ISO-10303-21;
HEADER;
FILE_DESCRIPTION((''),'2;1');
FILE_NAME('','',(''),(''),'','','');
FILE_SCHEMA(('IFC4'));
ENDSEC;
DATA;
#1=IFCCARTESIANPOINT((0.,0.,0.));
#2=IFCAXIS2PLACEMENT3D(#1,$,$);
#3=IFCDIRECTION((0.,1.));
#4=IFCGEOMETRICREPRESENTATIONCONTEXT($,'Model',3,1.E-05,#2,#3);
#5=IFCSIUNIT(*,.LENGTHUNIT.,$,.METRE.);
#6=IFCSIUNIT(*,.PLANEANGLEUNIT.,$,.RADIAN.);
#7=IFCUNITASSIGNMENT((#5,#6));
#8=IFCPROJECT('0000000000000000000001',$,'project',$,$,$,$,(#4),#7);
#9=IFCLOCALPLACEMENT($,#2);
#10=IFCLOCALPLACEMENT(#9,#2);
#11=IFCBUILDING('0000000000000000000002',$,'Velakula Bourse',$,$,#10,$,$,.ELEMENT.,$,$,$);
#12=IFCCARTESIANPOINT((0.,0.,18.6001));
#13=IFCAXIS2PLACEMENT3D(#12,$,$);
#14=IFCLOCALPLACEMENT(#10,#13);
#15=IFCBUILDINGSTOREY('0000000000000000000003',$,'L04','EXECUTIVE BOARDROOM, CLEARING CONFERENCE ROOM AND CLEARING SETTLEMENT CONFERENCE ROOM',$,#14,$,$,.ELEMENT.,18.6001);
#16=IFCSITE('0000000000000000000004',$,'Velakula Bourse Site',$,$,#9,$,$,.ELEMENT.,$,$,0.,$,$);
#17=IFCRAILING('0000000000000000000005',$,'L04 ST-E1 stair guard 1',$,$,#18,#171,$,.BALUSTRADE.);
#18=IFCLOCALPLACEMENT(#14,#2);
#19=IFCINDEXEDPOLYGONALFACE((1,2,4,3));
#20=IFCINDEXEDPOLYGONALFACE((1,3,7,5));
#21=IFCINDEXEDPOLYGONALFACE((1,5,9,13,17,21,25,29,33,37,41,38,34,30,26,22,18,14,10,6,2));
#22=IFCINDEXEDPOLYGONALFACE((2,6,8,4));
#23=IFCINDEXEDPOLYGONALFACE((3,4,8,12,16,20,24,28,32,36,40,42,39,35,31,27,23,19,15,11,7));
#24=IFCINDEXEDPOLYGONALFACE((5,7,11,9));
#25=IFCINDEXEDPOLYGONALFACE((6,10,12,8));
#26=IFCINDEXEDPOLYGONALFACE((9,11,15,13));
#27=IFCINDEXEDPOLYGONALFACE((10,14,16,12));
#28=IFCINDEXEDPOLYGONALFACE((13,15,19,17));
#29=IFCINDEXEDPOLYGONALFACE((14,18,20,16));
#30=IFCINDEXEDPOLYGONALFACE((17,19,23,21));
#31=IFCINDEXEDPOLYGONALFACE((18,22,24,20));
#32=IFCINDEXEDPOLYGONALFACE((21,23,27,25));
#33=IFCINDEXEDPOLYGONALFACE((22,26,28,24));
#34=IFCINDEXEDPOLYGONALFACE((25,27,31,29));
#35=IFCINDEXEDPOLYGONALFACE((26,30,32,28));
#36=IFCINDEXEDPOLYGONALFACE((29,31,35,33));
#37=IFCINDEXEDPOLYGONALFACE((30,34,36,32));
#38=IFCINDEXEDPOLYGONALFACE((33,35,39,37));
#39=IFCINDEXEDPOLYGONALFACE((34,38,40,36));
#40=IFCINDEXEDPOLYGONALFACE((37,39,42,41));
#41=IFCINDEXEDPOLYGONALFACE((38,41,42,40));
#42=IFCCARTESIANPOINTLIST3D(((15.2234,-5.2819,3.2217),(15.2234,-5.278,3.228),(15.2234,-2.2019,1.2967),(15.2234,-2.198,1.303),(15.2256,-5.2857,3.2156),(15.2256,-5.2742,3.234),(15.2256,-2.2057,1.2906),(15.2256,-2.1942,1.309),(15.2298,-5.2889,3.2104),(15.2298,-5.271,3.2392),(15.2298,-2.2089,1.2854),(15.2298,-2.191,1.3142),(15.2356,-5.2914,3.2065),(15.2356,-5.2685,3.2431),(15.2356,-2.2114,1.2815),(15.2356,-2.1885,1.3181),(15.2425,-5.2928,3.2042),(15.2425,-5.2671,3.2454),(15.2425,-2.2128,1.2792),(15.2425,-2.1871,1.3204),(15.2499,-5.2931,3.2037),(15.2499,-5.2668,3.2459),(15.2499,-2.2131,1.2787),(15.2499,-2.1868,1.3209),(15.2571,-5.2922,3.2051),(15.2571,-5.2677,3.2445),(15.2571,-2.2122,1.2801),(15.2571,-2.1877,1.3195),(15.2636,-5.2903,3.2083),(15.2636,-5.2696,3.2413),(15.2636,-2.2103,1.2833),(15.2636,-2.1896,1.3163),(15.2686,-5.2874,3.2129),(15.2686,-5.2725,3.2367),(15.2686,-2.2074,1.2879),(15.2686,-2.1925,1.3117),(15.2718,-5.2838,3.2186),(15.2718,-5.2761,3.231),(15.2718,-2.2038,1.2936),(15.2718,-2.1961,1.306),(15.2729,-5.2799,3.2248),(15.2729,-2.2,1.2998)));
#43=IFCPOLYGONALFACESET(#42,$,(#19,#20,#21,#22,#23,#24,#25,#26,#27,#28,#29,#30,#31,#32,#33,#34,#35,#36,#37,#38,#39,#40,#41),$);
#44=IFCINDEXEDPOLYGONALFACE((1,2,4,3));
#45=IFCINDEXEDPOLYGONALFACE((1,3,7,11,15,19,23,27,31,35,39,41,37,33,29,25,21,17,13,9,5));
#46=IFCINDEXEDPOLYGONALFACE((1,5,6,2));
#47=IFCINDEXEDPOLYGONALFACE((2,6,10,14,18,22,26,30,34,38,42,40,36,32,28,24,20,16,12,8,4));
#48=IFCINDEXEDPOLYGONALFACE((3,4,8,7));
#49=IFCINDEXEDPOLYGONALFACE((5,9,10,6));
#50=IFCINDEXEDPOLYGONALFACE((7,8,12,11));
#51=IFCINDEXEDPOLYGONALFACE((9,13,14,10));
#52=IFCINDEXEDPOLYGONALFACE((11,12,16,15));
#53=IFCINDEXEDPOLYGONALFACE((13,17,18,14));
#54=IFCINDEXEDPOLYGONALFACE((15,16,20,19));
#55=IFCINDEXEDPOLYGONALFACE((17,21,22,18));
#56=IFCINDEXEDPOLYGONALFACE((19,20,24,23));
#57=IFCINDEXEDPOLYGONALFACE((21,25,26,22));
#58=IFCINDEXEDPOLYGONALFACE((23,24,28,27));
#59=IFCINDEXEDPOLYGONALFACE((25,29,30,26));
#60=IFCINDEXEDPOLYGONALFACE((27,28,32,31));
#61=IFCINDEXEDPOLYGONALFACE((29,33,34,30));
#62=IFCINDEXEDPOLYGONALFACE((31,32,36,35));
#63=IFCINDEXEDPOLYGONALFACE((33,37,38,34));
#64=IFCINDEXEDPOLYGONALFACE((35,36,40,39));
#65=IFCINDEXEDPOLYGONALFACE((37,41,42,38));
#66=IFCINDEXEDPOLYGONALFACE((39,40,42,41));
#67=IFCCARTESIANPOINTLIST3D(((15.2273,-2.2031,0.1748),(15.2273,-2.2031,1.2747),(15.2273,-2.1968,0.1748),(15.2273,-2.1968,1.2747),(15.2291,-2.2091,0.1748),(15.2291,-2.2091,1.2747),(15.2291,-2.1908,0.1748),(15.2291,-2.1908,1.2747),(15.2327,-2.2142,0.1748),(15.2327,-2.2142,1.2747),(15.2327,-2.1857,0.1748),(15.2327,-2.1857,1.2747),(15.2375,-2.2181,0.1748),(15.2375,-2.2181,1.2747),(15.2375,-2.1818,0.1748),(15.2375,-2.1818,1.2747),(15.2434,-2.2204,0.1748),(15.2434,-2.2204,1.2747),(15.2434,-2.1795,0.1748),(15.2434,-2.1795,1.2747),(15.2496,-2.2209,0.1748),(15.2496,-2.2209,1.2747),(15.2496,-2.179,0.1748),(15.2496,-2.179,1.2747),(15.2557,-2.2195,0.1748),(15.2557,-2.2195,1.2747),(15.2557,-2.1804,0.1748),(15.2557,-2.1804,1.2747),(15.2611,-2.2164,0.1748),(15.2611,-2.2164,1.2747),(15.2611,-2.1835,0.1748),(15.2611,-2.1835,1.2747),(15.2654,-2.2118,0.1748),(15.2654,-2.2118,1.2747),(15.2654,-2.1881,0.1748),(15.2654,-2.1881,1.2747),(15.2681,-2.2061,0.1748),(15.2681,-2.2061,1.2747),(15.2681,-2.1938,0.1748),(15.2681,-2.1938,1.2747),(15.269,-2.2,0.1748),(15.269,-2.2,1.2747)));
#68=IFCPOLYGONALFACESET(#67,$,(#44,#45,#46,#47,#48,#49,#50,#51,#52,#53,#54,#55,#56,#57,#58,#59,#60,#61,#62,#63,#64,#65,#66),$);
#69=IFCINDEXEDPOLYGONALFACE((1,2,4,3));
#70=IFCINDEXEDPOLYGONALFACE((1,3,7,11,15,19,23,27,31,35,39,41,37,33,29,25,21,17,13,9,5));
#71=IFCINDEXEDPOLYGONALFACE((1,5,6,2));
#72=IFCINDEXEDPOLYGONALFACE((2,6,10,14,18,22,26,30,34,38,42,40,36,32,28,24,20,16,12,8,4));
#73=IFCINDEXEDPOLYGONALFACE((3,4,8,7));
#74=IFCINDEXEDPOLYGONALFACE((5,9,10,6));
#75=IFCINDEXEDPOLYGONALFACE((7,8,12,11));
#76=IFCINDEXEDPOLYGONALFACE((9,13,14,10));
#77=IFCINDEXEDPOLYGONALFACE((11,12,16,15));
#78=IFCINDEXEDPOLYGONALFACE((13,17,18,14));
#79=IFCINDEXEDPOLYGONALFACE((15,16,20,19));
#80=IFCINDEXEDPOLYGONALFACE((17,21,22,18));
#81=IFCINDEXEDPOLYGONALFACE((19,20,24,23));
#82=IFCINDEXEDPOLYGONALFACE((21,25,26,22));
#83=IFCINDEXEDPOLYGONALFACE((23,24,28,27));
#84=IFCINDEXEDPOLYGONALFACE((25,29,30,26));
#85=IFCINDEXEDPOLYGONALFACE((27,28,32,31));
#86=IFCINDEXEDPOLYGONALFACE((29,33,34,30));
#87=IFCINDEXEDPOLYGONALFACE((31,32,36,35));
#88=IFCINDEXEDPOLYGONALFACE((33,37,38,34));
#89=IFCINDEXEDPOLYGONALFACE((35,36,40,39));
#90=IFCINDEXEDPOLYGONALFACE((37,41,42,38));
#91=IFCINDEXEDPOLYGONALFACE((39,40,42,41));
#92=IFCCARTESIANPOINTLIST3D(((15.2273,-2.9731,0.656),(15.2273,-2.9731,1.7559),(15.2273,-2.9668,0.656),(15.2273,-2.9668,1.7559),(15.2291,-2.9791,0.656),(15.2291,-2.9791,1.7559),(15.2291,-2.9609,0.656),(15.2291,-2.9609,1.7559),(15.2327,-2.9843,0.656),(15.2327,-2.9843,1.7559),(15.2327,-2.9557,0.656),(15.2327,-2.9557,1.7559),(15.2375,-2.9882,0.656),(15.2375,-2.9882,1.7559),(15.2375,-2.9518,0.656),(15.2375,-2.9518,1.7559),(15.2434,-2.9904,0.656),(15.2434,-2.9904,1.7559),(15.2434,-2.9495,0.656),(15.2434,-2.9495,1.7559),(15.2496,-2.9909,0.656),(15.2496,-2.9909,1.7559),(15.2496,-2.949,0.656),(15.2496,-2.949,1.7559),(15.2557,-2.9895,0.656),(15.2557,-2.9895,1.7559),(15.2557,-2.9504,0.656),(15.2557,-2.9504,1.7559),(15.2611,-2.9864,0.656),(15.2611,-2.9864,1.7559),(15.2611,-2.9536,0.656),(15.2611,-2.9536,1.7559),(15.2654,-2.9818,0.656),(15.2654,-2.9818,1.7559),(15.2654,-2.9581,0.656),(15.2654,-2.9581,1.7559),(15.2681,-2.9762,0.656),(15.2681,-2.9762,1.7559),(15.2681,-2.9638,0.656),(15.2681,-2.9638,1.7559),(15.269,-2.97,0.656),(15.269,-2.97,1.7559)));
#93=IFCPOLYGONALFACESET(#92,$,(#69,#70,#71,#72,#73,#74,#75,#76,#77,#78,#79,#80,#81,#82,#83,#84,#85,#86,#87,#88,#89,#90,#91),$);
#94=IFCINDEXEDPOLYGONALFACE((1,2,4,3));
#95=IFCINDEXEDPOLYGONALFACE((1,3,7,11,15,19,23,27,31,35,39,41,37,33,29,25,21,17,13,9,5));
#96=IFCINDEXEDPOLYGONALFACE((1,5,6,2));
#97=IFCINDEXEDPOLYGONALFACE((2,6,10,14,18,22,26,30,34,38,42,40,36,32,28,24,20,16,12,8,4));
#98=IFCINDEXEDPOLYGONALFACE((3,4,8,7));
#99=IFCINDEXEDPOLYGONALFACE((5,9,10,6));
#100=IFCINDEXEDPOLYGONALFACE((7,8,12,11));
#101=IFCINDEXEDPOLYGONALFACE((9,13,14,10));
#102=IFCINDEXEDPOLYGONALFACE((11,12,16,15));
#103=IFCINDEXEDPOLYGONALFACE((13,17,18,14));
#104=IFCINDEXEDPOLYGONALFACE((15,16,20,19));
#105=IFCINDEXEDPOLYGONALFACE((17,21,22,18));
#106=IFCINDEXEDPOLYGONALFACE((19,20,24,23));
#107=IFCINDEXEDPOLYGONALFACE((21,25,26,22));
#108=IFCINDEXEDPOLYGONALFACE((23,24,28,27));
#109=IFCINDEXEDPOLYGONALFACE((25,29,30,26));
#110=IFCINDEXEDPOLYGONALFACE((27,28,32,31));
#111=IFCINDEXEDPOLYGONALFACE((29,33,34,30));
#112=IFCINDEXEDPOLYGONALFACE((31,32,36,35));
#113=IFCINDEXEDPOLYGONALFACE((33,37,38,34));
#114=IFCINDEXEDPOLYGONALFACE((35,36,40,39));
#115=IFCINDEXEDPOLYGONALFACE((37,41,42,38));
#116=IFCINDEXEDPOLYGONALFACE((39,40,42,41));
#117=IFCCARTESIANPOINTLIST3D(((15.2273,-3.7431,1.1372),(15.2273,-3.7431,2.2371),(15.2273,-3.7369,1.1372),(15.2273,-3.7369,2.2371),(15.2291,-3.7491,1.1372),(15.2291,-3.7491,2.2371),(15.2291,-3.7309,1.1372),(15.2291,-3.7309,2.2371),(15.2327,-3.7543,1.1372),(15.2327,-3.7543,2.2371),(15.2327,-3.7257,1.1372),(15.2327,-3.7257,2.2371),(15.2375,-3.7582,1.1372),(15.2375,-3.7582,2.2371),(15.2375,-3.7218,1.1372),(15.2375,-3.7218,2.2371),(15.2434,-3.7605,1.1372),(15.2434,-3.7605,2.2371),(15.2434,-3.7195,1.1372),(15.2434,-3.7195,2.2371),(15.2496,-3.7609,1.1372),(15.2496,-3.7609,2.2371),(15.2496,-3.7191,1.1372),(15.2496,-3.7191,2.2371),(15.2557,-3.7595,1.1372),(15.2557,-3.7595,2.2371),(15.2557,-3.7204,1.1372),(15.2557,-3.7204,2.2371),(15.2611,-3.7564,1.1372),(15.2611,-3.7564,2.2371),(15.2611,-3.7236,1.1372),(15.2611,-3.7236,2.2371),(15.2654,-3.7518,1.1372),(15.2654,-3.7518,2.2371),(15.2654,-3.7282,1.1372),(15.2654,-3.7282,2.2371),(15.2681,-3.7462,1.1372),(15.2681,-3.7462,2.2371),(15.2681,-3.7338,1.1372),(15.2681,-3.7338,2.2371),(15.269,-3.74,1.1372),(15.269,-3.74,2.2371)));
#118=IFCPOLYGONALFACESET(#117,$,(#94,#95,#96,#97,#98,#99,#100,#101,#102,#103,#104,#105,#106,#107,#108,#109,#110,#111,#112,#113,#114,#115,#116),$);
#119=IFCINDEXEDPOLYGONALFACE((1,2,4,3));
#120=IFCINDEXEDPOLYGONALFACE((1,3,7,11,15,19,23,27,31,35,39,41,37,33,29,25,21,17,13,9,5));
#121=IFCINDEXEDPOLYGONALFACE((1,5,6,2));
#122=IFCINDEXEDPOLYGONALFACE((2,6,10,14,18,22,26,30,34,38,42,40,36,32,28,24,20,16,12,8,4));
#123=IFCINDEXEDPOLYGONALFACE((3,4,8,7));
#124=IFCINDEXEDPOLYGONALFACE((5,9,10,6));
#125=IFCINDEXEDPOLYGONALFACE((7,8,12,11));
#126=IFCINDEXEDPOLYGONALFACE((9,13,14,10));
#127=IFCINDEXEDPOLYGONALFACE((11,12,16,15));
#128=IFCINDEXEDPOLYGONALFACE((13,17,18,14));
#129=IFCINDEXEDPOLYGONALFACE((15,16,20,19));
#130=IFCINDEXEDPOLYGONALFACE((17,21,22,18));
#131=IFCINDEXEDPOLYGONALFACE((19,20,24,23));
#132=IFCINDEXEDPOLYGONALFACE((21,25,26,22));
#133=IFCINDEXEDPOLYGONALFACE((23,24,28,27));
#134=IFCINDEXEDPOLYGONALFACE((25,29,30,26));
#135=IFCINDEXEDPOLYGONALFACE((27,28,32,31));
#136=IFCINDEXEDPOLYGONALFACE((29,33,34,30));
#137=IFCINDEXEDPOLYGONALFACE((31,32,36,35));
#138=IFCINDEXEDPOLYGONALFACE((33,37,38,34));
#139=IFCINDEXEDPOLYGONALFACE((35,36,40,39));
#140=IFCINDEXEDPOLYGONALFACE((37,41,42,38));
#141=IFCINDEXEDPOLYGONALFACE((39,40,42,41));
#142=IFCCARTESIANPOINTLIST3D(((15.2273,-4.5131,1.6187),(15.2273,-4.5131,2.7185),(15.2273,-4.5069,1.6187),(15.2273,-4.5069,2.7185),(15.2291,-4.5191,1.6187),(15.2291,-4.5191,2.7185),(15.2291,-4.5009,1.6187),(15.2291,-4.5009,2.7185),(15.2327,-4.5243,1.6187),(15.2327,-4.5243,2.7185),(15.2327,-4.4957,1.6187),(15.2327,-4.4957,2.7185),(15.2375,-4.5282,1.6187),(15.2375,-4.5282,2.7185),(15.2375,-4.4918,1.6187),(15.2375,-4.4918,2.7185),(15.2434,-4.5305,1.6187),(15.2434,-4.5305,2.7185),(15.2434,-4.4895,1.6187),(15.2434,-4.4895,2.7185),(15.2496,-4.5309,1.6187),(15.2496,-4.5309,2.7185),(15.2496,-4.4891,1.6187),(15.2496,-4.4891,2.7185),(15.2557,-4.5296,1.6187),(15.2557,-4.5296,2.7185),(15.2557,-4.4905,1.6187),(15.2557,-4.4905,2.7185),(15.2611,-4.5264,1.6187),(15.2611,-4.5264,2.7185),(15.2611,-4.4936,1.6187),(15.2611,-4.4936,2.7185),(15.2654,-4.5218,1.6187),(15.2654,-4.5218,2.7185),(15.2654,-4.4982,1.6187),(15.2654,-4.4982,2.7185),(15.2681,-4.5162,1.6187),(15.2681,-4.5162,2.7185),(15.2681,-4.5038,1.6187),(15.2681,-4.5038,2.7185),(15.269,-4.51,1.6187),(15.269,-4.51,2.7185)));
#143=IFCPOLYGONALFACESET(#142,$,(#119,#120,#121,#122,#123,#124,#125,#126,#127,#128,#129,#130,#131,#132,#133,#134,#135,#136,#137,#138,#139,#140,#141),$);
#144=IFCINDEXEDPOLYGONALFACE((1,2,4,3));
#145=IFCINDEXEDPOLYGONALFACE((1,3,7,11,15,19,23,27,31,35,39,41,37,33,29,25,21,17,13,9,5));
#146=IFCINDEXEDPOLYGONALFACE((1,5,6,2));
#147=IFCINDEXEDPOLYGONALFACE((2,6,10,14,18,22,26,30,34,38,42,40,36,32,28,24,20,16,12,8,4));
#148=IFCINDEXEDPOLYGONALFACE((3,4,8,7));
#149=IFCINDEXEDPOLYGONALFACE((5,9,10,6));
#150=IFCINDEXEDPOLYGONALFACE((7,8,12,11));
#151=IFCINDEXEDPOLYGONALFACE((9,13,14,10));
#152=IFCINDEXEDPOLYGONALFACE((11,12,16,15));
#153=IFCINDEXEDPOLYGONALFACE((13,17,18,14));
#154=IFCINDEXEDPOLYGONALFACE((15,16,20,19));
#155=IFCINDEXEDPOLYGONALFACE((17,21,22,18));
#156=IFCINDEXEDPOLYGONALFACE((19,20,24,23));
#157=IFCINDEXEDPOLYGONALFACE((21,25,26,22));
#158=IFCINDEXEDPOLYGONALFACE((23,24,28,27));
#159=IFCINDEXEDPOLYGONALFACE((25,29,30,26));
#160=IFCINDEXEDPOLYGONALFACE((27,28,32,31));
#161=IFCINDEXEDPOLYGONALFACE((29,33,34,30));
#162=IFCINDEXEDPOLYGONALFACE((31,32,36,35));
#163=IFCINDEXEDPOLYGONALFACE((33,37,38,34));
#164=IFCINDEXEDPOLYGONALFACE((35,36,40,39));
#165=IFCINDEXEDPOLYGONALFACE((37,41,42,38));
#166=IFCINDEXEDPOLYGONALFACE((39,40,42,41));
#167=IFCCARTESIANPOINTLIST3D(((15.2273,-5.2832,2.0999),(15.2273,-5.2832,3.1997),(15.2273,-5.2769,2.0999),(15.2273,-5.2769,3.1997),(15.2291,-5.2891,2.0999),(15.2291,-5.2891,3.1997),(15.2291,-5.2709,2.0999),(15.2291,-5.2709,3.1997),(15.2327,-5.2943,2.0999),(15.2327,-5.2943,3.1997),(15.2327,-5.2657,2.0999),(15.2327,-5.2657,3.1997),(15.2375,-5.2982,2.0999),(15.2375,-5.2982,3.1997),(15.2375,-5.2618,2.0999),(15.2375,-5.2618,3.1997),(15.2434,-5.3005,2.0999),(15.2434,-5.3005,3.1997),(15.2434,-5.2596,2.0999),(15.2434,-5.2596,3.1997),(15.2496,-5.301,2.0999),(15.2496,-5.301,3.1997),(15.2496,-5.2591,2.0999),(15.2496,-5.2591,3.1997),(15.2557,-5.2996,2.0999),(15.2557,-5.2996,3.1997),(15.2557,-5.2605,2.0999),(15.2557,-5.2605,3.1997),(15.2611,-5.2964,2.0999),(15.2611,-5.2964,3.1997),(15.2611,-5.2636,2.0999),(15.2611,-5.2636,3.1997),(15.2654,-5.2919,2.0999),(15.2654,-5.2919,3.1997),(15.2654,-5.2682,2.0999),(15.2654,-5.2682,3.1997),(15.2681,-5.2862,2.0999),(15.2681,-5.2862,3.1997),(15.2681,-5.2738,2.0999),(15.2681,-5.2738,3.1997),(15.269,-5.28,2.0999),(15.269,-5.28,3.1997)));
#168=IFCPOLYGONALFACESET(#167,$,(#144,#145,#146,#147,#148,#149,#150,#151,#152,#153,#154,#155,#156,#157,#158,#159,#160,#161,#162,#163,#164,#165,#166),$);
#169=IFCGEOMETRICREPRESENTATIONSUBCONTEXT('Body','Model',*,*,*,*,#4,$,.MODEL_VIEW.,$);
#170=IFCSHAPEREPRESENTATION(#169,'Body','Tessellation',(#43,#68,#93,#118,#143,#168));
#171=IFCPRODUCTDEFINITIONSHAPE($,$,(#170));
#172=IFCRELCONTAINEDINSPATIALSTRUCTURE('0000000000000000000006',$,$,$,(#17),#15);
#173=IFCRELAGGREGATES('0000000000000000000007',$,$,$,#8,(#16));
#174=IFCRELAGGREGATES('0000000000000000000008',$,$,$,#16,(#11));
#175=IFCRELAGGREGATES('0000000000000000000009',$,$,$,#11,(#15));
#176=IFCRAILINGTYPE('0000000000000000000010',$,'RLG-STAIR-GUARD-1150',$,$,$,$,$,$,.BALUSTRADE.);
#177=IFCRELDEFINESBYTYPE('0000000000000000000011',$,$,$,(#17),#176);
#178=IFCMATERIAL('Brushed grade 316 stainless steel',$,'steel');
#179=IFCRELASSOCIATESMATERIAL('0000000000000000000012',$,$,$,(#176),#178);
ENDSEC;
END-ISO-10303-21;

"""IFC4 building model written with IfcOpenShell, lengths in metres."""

from ifc_helpers import new_model, si_unit, direction, frame, origin, origin_2d, place, context, subcontext, project, spatial, circle, extrude, material, type_object, element, save


model = new_model("IFC4")

# Units and contexts
model_context = context("Model", 3, precision=1e-05, world=origin(), true_north=direction((0.0, 1.0)))
body_context = subcontext(model_context, "Body", "Model", "MODEL_VIEW")
ifc_project = project(units=[si_unit("LENGTHUNIT", "METRE"), si_unit("PLANEANGLEUNIT", "RADIAN")], contexts=[model_context])

# Site, building, storey
site_placement = place(None, origin())
site = spatial("IfcSite", under=ifc_project, at=site_placement, Name="Velakula Bourse Site", CompositionType="ELEMENT", RefElevation=0.0)
building_placement = place(site_placement, origin())
building = spatial("IfcBuilding", under=site, at=building_placement, Name="Velakula Bourse", CompositionType="ELEMENT")
storey_placement = place(building_placement, frame((0.0, 0.0, 18.6001)))
storey = spatial("IfcBuildingStorey", under=building, at=storey_placement, Name="L04", Description="EXECUTIVE BOARDROOM, CLEARING CONFERENCE ROOM AND CLEARING SETTLEMENT CONFERENCE ROOM", CompositionType="ELEMENT", Elevation=18.6001)

# Shared definitions
ifc_material_1 = material(Name="Brushed grade 316 stainless steel", Category="steel")

# Railing
railing_type_1 = type_object("IfcRailingType", Name="RLG-STAIR-GUARD-1150", PredefinedType="BALUSTRADE", material=ifc_material_1)
railing_1_placement = place(storey_placement, frame((15.248, -2.2, 0.1748)))
element("IfcRailing", 1, at=railing_1_placement, inside=storey, type_object=railing_type_1, Name="L04 ST-E1 stair guard 1", PredefinedType="BALUSTRADE", context=body_context, shape_type="SweptSolid", body=[
    extrude(circle(Radius=0.0249, at=origin_2d()), frame((0.0, 0.0, 1.125), z_axis=(0.0, -0.847998, 0.529999), x_axis=(1.0, 0.0, 0.0)), (0.0, 0.0, 1.0), 3.6321),
    extrude(circle(Radius=0.021, at=origin_2d()), origin(), (0.0, 0.0, 1.0), 1.0999),
    extrude(circle(Radius=0.021, at=origin_2d()), frame((0.0, -0.77, 0.4812)), (0.0, 0.0, 1.0), 1.0999),
    extrude(circle(Radius=0.021, at=origin_2d()), frame((0.0, -1.54, 0.9624)), (0.0, 0.0, 1.0), 1.0999),
    extrude(circle(Radius=0.021, at=origin_2d()), frame((0.0, -2.3101, 1.4438)), (0.0, 0.0, 1.0), 1.0999),
    extrude(circle(Radius=0.021, at=origin_2d()), frame((0.0, -3.0801, 1.925)), (0.0, 0.0, 1.0), 1.0999),
])

save(model, "model.ifc")
